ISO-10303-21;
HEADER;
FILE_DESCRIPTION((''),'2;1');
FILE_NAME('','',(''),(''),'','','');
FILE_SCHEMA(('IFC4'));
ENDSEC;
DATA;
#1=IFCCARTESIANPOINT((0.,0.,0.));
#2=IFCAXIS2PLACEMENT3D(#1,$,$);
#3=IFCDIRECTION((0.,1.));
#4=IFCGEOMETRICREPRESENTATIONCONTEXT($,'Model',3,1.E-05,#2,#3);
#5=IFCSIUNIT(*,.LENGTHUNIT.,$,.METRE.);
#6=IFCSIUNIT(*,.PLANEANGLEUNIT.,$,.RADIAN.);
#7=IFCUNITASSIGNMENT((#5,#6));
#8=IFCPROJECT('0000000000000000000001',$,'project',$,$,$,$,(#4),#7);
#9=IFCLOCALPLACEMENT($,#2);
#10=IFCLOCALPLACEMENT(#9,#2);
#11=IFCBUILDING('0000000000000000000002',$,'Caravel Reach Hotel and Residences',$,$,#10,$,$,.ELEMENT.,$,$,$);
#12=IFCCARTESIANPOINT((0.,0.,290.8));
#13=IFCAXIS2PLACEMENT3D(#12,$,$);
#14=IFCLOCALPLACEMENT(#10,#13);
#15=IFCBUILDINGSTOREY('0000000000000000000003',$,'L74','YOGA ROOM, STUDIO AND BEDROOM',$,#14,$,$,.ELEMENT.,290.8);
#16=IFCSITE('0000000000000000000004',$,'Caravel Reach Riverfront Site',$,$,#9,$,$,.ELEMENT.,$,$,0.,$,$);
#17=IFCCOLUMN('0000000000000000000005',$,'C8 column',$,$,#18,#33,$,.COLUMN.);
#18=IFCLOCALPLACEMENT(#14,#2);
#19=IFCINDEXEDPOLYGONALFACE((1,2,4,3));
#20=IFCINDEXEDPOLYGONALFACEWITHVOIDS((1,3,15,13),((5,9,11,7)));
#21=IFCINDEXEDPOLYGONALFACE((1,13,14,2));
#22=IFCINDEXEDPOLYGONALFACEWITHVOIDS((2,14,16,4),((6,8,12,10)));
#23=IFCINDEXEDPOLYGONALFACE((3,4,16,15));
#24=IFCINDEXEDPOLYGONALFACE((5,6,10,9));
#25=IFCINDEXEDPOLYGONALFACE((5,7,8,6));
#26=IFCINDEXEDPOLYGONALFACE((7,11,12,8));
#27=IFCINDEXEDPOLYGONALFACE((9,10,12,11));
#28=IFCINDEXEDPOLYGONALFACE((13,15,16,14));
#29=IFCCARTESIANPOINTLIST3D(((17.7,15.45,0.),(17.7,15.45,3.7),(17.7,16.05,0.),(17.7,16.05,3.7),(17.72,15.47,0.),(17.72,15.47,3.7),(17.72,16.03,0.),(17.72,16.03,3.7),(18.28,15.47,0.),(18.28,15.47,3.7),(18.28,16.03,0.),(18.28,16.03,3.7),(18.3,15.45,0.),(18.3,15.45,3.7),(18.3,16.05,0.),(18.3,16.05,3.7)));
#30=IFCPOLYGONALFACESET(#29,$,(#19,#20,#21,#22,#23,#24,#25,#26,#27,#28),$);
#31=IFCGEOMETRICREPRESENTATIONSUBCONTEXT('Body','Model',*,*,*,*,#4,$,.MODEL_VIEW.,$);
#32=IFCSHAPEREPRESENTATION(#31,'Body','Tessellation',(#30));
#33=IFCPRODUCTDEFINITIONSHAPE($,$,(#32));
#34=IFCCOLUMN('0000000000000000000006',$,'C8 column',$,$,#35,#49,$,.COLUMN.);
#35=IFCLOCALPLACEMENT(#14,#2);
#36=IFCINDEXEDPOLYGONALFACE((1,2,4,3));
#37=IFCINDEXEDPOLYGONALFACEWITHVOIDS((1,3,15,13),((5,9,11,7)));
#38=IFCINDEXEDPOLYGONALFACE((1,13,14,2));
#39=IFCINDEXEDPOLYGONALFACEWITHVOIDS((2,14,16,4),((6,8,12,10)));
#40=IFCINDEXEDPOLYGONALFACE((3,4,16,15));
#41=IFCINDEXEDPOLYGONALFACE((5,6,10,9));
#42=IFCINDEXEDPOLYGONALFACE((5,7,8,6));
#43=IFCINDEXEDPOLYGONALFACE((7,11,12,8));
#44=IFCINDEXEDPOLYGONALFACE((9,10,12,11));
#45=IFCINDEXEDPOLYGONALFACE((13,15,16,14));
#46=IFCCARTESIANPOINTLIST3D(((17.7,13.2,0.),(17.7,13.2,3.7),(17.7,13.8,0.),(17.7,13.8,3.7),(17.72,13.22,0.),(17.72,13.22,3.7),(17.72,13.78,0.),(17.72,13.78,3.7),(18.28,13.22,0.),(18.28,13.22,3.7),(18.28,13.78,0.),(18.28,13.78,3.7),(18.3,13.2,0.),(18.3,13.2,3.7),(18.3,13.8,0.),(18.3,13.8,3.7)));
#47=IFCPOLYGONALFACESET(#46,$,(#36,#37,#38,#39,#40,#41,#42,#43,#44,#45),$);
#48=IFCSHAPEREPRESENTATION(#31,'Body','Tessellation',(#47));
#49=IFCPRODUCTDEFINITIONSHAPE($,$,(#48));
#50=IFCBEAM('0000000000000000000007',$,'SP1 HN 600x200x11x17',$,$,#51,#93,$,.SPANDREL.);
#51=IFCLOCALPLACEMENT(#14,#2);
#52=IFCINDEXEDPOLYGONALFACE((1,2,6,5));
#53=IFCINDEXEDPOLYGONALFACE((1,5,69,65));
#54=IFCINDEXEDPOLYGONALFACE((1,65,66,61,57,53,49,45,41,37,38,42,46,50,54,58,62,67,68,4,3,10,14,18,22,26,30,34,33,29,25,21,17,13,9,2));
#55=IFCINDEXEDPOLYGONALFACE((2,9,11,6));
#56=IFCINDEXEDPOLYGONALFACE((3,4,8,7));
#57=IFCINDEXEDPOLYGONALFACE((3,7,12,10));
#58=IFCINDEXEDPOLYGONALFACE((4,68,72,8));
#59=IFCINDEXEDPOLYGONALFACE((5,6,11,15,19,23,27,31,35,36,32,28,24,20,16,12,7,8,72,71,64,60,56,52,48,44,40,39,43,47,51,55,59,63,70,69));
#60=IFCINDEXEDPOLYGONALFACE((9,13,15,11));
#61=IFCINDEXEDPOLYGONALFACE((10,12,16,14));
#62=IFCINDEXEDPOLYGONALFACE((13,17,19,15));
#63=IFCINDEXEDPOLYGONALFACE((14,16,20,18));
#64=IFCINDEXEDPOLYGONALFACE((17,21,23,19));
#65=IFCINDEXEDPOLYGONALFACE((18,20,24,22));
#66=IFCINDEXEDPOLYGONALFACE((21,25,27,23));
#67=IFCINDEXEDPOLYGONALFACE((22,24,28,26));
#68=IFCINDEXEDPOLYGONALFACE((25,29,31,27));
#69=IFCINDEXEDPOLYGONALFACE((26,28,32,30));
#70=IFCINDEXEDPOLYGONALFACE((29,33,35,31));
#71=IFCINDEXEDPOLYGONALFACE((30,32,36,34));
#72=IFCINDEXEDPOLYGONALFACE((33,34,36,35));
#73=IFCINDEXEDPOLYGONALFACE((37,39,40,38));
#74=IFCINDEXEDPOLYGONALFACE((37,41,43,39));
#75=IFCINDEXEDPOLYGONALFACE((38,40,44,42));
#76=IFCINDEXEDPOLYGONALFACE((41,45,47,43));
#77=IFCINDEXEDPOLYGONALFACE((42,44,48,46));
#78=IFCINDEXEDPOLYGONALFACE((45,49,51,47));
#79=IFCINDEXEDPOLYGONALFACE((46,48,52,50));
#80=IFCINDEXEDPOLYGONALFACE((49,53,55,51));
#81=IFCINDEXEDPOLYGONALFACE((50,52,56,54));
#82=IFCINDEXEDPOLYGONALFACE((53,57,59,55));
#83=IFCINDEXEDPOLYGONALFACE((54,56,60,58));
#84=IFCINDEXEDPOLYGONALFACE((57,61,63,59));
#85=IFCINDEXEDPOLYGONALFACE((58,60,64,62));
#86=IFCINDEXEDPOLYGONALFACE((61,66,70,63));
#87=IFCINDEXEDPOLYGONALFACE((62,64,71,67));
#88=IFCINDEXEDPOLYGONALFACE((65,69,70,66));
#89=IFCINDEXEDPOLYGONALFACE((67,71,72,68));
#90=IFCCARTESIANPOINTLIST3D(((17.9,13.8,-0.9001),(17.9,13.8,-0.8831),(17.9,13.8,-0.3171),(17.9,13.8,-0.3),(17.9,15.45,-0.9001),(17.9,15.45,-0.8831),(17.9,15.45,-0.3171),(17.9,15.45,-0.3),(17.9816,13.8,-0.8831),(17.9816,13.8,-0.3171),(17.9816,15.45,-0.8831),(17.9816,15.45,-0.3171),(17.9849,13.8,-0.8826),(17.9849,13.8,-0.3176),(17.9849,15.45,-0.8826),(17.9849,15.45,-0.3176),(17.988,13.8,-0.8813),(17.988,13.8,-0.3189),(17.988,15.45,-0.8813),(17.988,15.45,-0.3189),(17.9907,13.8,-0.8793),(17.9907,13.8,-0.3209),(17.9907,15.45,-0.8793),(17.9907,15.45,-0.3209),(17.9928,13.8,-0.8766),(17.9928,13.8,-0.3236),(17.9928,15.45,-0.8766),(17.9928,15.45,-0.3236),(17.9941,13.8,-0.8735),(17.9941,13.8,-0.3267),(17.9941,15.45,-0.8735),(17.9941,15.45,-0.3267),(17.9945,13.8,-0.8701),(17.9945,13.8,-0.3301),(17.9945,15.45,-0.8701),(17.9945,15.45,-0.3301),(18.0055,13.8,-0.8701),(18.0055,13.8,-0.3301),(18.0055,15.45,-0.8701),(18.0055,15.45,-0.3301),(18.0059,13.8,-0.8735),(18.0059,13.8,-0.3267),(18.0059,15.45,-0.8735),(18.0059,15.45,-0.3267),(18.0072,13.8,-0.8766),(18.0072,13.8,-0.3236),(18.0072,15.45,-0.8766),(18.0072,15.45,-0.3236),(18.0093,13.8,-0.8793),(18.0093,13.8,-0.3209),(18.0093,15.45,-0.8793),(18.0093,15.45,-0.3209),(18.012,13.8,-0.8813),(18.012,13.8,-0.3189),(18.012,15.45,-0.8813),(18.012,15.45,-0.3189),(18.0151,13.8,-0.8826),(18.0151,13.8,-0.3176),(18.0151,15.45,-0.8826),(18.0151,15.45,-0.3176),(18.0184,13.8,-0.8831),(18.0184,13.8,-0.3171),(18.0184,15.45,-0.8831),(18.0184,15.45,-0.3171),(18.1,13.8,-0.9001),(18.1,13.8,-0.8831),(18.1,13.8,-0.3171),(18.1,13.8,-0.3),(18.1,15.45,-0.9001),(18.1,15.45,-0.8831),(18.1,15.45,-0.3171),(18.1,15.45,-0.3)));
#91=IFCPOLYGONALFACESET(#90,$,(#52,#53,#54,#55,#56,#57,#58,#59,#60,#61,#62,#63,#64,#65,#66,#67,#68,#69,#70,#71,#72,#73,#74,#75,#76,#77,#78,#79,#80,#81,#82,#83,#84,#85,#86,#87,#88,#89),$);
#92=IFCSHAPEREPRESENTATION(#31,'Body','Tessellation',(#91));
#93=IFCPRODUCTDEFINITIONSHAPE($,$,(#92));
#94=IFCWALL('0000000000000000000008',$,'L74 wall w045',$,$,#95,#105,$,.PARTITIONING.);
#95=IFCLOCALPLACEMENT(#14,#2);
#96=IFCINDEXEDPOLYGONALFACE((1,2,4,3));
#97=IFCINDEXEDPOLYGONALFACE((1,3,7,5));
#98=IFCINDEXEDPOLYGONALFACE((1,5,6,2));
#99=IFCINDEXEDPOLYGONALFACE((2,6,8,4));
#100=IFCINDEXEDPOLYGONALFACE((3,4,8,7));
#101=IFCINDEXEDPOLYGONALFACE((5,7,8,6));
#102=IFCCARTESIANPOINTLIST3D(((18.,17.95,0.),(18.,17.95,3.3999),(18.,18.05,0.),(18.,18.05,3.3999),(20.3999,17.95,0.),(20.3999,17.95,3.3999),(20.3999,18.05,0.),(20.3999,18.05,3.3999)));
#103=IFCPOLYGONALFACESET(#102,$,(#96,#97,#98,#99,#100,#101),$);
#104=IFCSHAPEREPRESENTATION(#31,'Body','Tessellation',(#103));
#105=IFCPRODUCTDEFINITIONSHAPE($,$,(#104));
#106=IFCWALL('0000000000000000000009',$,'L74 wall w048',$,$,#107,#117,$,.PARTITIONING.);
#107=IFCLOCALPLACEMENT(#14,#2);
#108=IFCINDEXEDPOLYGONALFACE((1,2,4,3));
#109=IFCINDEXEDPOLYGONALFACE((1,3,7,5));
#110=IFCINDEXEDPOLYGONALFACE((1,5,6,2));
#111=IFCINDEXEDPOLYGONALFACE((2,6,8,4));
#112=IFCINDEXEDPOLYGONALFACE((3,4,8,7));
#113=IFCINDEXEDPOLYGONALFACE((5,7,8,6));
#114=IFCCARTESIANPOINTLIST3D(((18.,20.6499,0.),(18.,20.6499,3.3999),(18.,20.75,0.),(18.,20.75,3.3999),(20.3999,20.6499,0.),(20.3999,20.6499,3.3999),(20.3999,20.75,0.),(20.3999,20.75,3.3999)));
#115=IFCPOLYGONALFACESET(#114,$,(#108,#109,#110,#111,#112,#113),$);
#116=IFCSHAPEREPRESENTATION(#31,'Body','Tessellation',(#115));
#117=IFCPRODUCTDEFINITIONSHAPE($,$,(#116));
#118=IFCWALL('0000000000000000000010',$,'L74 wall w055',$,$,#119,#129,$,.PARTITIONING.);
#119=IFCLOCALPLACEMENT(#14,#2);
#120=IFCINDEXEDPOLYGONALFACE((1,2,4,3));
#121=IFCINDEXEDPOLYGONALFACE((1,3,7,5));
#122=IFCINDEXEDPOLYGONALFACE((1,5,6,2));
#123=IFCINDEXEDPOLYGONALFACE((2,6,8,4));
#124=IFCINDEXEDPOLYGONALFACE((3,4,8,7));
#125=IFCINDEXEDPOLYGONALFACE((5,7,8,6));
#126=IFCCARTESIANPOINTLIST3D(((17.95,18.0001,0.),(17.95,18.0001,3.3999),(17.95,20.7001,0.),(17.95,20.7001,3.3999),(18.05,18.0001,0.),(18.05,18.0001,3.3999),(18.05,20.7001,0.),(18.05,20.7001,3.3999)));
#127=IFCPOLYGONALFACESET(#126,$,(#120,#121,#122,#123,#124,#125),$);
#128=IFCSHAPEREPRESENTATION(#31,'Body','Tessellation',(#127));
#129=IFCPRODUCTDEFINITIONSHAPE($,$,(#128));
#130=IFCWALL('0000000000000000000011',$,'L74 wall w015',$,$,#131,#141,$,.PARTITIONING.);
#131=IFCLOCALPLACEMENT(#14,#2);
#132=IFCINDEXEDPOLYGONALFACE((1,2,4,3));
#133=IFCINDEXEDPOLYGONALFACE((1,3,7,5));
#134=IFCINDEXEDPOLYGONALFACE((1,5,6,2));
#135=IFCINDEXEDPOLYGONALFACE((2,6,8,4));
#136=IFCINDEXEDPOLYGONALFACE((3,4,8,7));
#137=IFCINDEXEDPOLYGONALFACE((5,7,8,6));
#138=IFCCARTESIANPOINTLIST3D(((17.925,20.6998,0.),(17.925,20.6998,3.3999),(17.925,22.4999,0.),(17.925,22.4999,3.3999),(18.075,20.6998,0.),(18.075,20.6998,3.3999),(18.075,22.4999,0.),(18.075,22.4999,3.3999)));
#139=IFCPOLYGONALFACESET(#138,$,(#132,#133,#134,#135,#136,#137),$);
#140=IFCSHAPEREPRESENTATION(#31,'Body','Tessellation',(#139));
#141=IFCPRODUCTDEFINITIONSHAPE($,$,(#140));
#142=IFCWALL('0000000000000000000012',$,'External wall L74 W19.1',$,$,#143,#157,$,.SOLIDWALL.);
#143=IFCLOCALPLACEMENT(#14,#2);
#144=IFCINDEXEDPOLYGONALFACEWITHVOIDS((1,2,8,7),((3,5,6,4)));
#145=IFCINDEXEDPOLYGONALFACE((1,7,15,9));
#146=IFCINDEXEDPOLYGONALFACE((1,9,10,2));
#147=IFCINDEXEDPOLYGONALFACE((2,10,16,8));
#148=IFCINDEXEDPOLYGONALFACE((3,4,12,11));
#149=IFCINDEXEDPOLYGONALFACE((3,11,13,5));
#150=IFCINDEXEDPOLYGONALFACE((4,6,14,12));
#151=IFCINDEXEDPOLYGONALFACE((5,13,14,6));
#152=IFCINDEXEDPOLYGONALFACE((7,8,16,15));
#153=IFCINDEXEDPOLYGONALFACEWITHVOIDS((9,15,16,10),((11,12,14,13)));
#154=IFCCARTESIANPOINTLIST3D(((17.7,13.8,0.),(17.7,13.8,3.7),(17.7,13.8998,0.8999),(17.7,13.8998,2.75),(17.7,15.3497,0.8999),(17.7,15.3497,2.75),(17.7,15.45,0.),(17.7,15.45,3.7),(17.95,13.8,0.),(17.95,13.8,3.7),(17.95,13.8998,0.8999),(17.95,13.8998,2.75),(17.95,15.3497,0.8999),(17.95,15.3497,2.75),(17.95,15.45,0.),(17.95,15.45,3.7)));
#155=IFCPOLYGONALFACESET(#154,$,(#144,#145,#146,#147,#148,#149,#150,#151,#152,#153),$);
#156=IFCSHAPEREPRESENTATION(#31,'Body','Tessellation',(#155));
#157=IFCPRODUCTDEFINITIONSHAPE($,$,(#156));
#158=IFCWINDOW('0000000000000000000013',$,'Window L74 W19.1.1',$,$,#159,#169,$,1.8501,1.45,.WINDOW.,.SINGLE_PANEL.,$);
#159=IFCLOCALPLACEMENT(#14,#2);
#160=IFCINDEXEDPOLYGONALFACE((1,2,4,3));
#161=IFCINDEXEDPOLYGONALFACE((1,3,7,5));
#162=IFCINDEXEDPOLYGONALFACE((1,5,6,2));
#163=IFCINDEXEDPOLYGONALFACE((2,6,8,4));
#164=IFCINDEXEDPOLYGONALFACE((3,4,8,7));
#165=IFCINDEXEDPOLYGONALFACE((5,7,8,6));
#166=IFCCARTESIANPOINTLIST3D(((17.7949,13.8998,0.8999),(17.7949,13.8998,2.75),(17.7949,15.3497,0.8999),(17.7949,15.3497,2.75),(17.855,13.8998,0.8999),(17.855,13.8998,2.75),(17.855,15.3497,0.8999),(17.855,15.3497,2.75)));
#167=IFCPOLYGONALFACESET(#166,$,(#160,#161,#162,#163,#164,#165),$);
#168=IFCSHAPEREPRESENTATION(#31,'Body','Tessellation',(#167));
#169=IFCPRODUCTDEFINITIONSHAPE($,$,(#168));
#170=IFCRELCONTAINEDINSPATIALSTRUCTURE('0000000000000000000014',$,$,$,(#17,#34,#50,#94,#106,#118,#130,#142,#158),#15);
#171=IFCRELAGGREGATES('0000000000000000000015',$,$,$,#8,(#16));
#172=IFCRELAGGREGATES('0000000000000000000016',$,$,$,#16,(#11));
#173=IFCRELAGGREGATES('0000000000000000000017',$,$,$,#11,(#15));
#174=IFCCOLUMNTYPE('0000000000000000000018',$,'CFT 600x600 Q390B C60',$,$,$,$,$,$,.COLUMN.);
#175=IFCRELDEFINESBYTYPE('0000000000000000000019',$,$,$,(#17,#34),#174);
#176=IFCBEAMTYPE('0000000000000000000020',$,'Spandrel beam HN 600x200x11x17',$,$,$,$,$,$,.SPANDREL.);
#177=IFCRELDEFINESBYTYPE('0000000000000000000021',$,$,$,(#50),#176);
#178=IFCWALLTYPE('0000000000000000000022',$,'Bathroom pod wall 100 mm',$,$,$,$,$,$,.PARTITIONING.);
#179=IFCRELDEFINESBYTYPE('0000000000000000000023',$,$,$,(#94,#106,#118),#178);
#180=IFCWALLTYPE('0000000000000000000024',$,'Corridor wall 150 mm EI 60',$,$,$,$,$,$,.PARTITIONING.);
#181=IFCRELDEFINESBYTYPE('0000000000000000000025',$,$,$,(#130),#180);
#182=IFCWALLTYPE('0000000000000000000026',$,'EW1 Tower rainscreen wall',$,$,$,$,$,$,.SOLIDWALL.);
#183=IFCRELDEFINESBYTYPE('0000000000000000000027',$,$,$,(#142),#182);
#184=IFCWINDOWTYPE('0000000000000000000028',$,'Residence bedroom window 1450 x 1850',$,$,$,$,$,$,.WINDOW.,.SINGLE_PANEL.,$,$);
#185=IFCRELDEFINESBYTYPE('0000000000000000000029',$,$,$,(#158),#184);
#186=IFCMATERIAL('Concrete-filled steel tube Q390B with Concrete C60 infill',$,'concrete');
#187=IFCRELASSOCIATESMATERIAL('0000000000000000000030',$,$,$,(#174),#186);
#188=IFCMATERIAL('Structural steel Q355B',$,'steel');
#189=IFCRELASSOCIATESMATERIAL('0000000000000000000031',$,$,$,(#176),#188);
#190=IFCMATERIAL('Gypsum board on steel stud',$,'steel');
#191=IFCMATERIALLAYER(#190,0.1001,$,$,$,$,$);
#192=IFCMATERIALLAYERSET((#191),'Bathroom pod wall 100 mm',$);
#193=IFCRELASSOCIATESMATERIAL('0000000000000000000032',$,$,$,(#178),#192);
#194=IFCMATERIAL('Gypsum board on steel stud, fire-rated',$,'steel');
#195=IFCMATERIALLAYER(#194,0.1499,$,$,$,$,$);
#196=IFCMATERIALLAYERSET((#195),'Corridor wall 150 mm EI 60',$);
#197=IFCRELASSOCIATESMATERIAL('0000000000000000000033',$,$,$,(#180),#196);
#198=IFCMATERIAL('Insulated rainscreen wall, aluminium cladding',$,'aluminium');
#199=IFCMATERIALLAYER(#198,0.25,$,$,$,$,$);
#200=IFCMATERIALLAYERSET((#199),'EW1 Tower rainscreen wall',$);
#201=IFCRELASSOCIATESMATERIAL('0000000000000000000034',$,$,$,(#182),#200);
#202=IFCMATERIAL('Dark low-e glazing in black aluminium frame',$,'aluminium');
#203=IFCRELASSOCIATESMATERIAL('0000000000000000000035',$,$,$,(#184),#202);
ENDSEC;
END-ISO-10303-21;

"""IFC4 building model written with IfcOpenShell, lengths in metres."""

from ifc_helpers import new_model, si_unit, direction, frame, frame_2d, origin, origin_2d, place, context, subcontext, project, spatial, rectangle, hollow_rectangle, i_section, extrude, material, layer, layer_set, material_profile, profile_set, type_object, element, fill, save


model = new_model("IFC4")

# Units and contexts
model_context = context("Model", 3, precision=1e-05, world=origin(), true_north=direction((0.0, 1.0)))
body_context = subcontext(model_context, "Body", "Model", "MODEL_VIEW")
ifc_project = project(units=[si_unit("LENGTHUNIT", "METRE"), si_unit("PLANEANGLEUNIT", "RADIAN")], contexts=[model_context])

# Site, building, storey
site_placement = place(None, origin())
site = spatial("IfcSite", under=ifc_project, at=site_placement, Name="Caravel Reach Riverfront Site", CompositionType="ELEMENT", RefElevation=0.0)
building_placement = place(site_placement, origin())
building = spatial("IfcBuilding", under=site, at=building_placement, Name="Caravel Reach Hotel and Residences", CompositionType="ELEMENT")
storey_placement = place(building_placement, frame((0.0, 0.0, 290.8)))
storey = spatial("IfcBuildingStorey", under=building, at=storey_placement, Name="L74", Description="YOGA ROOM, STUDIO AND BEDROOM", CompositionType="ELEMENT", Elevation=290.8)

# Columns
ifc_material_1 = material(Name="Concrete-filled steel tube Q390B with Concrete C60 infill", Category="concrete")
ifc_material_profile_1 = material_profile(ifc_material_1, hollow_rectangle(XDim=0.6001, YDim=0.6001, WallThickness=0.02, at=origin_2d()), Name="RHS 600x600x20")
ifc_profile_set_1 = profile_set([ifc_material_profile_1], Name="Concrete-filled steel tube Q390B with Concrete C60 infill")
column_type = type_object("IfcColumnType", Name="CFT 600x600 Q390B C60", PredefinedType="COLUMN", material=ifc_profile_set_1)
for number, where, z_axis, x_axis, name in (
    (1, (18.0, 15.75, 0.0), (0.0, 0.0, 1.0), (1.0, 0.0, 0.0), "C8 column"),
    (2, (18.0, 13.5, 0.0), (0.0, 0.0, 1.0), (1.0, 0.0, 0.0), "C8 column"),
):
    element("IfcColumn", number, at=place(storey_placement, frame(where, z_axis=z_axis, x_axis=x_axis)), inside=storey, type_object=column_type, Name=name, PredefinedType="COLUMN", context=body_context, shape_type="SweptSolid", body=[
        extrude(hollow_rectangle(XDim=0.6001, YDim=0.6001, WallThickness=0.02, at=origin_2d()), origin(), (0.0, 0.0, 1.0), 3.7),
    ])

# Beam
ifc_material_2 = material(Name="Structural steel Q355B", Category="steel")
ifc_material_profile_2 = material_profile(ifc_material_2, i_section(OverallWidth=0.2, OverallDepth=0.6001, WebThickness=0.011, FlangeThickness=0.0171, FilletRadius=0.0129, at=origin_2d()), Name="HN 600x200x11x17")
ifc_profile_set_2 = profile_set([ifc_material_profile_2], Name="Structural steel Q355B")
beam_type = type_object("IfcBeamType", Name="Spandrel beam HN 600x200x11x17", PredefinedType="SPANDREL", material=ifc_profile_set_2)
beam_placement = place(storey_placement, frame((18.0, 15.45, -0.6001), z_axis=(0.0, -1.0, 0.0), x_axis=(1.0, 0.0, 0.0)))
element("IfcBeam", 3, at=beam_placement, inside=storey, type_object=beam_type, Name="SP1 HN 600x200x11x17", PredefinedType="SPANDREL", context=body_context, shape_type="SweptSolid", body=[
    extrude(i_section(OverallWidth=0.2, OverallDepth=0.6001, WebThickness=0.011, FlangeThickness=0.0171, FilletRadius=0.0129, at=origin_2d()), origin(), (0.0, 0.0, 1.0), 1.6499),
])

# Walls
ifc_material_3 = material(Name="Gypsum board on steel stud", Category="steel")
ifc_layer_1 = layer(ifc_material_3, 0.1001)
ifc_layer_set_1 = layer_set([ifc_layer_1], Name="Bathroom pod wall 100 mm")
wall_type_1 = type_object("IfcWallType", Name="Bathroom pod wall 100 mm", PredefinedType="PARTITIONING", material=ifc_layer_set_1)
for number, where, z_axis, x_axis, name in (
    (4, (18.0, 18.0, 0.0), (0.0, 0.0, 1.0), (1.0, 0.0, 0.0), "L74 wall w045"),
    (5, (18.0, 20.7, 0.0), (0.0, 0.0, 1.0), (1.0, 0.0, 0.0), "L74 wall w048"),
):
    element("IfcWall", number, at=place(storey_placement, frame(where, z_axis=z_axis, x_axis=x_axis)), inside=storey, type_object=wall_type_1, Name=name, PredefinedType="PARTITIONING", context=body_context, shape_type="SweptSolid", body=[
        extrude(rectangle(XDim=2.3999, YDim=0.1001, at=frame_2d((1.2, 0.0))), origin(), (0.0, 0.0, 1.0), 3.3999),
    ])
wall_1_placement = place(storey_placement, frame((18.0, 18.0, 0.0), z_axis=(0.0, 0.0, 1.0), x_axis=(0.0, 1.0, 0.0)))
element("IfcWall", 6, at=wall_1_placement, inside=storey, type_object=wall_type_1, Name="L74 wall w055", PredefinedType="PARTITIONING", context=body_context, shape_type="SweptSolid", body=[
    extrude(rectangle(XDim=2.7, YDim=0.1001, at=frame_2d((1.3501, 0.0))), origin(), (0.0, 0.0, 1.0), 3.3999),
])
ifc_material_4 = material(Name="Gypsum board on steel stud, fire-rated", Category="steel")
ifc_layer_2 = layer(ifc_material_4, 0.1499)
ifc_layer_set_2 = layer_set([ifc_layer_2], Name="Corridor wall 150 mm EI 60")
wall_type_2 = type_object("IfcWallType", Name="Corridor wall 150 mm EI 60", PredefinedType="PARTITIONING", material=ifc_layer_set_2)
wall_2_placement = place(storey_placement, frame((18.0, 20.7, 0.0), z_axis=(0.0, 0.0, 1.0), x_axis=(0.0, 1.0, 0.0)))
element("IfcWall", 7, at=wall_2_placement, inside=storey, type_object=wall_type_2, Name="L74 wall w015", PredefinedType="PARTITIONING", context=body_context, shape_type="SweptSolid", body=[
    extrude(rectangle(XDim=1.8, YDim=0.1499, at=frame_2d((0.8999, 0.0))), origin(), (0.0, 0.0, 1.0), 3.3999),
])

# Wall, opening, window
ifc_material_5 = material(Name="Insulated rainscreen wall, aluminium cladding", Category="aluminium")
ifc_layer_3 = layer(ifc_material_5, 0.25)
ifc_layer_set_3 = layer_set([ifc_layer_3], Name="EW1 Tower rainscreen wall")
wall_type_3 = type_object("IfcWallType", Name="EW1 Tower rainscreen wall", PredefinedType="SOLIDWALL", material=ifc_layer_set_3)
wall_3_placement = place(storey_placement, frame((17.825, 15.45, 0.0), z_axis=(0.0, 0.0, 1.0), x_axis=(0.0, -1.0, 0.0)))
wall_3 = element("IfcWall", 8, at=wall_3_placement, inside=storey, type_object=wall_type_3, Name="External wall L74 W19.1", PredefinedType="SOLIDWALL", context=body_context, shape_type="SweptSolid", body=[
    extrude(rectangle(XDim=1.6499, YDim=0.25, at=frame_2d((0.825, 0.0))), origin(), (0.0, 0.0, 1.0), 3.7),
])
opening_1_placement = place(wall_3_placement, frame((0.1001, 0.0, 0.8999)))
opening_1 = element("IfcOpeningElement", 9, at=opening_1_placement, cuts=wall_3, PredefinedType="OPENING", context=body_context, shape_type="SweptSolid", body=[
    extrude(rectangle(XDim=1.45, YDim=1.8501, at=frame_2d((0.7251, 0.925))), frame((0.0, 0.135, 0.0), z_axis=(0.0, -1.0, 0.0), x_axis=(1.0, 0.0, 0.0)), (0.0, 0.0, 1.0), 0.27),
])
ifc_material_6 = material(Name="Dark low-e glazing in black aluminium frame", Category="aluminium")
window_type_1 = type_object("IfcWindowType", Name="Residence bedroom window 1450 x 1850", PartitioningType="SINGLE_PANEL", PredefinedType="WINDOW", material=ifc_material_6)
window_1_placement = place(opening_1_placement, origin())
window_1 = element("IfcWindow", 10, at=window_1_placement, inside=storey, type_object=window_type_1, Name="Window L74 W19.1.1", OverallHeight=1.8501, OverallWidth=1.45, PartitioningType="SINGLE_PANEL", PredefinedType="WINDOW", context=body_context, shape_type="SweptSolid", body=[
    extrude(rectangle(XDim=1.45, YDim=1.8501, at=frame_2d((0.7251, 0.925))), frame((0.0, 0.03, 0.0), z_axis=(0.0, -1.0, 0.0), x_axis=(1.0, 0.0, 0.0)), (0.0, 0.0, 1.0), 0.0601),
])
fill(opening_1, window_1)

save(model, "model.ifc")
